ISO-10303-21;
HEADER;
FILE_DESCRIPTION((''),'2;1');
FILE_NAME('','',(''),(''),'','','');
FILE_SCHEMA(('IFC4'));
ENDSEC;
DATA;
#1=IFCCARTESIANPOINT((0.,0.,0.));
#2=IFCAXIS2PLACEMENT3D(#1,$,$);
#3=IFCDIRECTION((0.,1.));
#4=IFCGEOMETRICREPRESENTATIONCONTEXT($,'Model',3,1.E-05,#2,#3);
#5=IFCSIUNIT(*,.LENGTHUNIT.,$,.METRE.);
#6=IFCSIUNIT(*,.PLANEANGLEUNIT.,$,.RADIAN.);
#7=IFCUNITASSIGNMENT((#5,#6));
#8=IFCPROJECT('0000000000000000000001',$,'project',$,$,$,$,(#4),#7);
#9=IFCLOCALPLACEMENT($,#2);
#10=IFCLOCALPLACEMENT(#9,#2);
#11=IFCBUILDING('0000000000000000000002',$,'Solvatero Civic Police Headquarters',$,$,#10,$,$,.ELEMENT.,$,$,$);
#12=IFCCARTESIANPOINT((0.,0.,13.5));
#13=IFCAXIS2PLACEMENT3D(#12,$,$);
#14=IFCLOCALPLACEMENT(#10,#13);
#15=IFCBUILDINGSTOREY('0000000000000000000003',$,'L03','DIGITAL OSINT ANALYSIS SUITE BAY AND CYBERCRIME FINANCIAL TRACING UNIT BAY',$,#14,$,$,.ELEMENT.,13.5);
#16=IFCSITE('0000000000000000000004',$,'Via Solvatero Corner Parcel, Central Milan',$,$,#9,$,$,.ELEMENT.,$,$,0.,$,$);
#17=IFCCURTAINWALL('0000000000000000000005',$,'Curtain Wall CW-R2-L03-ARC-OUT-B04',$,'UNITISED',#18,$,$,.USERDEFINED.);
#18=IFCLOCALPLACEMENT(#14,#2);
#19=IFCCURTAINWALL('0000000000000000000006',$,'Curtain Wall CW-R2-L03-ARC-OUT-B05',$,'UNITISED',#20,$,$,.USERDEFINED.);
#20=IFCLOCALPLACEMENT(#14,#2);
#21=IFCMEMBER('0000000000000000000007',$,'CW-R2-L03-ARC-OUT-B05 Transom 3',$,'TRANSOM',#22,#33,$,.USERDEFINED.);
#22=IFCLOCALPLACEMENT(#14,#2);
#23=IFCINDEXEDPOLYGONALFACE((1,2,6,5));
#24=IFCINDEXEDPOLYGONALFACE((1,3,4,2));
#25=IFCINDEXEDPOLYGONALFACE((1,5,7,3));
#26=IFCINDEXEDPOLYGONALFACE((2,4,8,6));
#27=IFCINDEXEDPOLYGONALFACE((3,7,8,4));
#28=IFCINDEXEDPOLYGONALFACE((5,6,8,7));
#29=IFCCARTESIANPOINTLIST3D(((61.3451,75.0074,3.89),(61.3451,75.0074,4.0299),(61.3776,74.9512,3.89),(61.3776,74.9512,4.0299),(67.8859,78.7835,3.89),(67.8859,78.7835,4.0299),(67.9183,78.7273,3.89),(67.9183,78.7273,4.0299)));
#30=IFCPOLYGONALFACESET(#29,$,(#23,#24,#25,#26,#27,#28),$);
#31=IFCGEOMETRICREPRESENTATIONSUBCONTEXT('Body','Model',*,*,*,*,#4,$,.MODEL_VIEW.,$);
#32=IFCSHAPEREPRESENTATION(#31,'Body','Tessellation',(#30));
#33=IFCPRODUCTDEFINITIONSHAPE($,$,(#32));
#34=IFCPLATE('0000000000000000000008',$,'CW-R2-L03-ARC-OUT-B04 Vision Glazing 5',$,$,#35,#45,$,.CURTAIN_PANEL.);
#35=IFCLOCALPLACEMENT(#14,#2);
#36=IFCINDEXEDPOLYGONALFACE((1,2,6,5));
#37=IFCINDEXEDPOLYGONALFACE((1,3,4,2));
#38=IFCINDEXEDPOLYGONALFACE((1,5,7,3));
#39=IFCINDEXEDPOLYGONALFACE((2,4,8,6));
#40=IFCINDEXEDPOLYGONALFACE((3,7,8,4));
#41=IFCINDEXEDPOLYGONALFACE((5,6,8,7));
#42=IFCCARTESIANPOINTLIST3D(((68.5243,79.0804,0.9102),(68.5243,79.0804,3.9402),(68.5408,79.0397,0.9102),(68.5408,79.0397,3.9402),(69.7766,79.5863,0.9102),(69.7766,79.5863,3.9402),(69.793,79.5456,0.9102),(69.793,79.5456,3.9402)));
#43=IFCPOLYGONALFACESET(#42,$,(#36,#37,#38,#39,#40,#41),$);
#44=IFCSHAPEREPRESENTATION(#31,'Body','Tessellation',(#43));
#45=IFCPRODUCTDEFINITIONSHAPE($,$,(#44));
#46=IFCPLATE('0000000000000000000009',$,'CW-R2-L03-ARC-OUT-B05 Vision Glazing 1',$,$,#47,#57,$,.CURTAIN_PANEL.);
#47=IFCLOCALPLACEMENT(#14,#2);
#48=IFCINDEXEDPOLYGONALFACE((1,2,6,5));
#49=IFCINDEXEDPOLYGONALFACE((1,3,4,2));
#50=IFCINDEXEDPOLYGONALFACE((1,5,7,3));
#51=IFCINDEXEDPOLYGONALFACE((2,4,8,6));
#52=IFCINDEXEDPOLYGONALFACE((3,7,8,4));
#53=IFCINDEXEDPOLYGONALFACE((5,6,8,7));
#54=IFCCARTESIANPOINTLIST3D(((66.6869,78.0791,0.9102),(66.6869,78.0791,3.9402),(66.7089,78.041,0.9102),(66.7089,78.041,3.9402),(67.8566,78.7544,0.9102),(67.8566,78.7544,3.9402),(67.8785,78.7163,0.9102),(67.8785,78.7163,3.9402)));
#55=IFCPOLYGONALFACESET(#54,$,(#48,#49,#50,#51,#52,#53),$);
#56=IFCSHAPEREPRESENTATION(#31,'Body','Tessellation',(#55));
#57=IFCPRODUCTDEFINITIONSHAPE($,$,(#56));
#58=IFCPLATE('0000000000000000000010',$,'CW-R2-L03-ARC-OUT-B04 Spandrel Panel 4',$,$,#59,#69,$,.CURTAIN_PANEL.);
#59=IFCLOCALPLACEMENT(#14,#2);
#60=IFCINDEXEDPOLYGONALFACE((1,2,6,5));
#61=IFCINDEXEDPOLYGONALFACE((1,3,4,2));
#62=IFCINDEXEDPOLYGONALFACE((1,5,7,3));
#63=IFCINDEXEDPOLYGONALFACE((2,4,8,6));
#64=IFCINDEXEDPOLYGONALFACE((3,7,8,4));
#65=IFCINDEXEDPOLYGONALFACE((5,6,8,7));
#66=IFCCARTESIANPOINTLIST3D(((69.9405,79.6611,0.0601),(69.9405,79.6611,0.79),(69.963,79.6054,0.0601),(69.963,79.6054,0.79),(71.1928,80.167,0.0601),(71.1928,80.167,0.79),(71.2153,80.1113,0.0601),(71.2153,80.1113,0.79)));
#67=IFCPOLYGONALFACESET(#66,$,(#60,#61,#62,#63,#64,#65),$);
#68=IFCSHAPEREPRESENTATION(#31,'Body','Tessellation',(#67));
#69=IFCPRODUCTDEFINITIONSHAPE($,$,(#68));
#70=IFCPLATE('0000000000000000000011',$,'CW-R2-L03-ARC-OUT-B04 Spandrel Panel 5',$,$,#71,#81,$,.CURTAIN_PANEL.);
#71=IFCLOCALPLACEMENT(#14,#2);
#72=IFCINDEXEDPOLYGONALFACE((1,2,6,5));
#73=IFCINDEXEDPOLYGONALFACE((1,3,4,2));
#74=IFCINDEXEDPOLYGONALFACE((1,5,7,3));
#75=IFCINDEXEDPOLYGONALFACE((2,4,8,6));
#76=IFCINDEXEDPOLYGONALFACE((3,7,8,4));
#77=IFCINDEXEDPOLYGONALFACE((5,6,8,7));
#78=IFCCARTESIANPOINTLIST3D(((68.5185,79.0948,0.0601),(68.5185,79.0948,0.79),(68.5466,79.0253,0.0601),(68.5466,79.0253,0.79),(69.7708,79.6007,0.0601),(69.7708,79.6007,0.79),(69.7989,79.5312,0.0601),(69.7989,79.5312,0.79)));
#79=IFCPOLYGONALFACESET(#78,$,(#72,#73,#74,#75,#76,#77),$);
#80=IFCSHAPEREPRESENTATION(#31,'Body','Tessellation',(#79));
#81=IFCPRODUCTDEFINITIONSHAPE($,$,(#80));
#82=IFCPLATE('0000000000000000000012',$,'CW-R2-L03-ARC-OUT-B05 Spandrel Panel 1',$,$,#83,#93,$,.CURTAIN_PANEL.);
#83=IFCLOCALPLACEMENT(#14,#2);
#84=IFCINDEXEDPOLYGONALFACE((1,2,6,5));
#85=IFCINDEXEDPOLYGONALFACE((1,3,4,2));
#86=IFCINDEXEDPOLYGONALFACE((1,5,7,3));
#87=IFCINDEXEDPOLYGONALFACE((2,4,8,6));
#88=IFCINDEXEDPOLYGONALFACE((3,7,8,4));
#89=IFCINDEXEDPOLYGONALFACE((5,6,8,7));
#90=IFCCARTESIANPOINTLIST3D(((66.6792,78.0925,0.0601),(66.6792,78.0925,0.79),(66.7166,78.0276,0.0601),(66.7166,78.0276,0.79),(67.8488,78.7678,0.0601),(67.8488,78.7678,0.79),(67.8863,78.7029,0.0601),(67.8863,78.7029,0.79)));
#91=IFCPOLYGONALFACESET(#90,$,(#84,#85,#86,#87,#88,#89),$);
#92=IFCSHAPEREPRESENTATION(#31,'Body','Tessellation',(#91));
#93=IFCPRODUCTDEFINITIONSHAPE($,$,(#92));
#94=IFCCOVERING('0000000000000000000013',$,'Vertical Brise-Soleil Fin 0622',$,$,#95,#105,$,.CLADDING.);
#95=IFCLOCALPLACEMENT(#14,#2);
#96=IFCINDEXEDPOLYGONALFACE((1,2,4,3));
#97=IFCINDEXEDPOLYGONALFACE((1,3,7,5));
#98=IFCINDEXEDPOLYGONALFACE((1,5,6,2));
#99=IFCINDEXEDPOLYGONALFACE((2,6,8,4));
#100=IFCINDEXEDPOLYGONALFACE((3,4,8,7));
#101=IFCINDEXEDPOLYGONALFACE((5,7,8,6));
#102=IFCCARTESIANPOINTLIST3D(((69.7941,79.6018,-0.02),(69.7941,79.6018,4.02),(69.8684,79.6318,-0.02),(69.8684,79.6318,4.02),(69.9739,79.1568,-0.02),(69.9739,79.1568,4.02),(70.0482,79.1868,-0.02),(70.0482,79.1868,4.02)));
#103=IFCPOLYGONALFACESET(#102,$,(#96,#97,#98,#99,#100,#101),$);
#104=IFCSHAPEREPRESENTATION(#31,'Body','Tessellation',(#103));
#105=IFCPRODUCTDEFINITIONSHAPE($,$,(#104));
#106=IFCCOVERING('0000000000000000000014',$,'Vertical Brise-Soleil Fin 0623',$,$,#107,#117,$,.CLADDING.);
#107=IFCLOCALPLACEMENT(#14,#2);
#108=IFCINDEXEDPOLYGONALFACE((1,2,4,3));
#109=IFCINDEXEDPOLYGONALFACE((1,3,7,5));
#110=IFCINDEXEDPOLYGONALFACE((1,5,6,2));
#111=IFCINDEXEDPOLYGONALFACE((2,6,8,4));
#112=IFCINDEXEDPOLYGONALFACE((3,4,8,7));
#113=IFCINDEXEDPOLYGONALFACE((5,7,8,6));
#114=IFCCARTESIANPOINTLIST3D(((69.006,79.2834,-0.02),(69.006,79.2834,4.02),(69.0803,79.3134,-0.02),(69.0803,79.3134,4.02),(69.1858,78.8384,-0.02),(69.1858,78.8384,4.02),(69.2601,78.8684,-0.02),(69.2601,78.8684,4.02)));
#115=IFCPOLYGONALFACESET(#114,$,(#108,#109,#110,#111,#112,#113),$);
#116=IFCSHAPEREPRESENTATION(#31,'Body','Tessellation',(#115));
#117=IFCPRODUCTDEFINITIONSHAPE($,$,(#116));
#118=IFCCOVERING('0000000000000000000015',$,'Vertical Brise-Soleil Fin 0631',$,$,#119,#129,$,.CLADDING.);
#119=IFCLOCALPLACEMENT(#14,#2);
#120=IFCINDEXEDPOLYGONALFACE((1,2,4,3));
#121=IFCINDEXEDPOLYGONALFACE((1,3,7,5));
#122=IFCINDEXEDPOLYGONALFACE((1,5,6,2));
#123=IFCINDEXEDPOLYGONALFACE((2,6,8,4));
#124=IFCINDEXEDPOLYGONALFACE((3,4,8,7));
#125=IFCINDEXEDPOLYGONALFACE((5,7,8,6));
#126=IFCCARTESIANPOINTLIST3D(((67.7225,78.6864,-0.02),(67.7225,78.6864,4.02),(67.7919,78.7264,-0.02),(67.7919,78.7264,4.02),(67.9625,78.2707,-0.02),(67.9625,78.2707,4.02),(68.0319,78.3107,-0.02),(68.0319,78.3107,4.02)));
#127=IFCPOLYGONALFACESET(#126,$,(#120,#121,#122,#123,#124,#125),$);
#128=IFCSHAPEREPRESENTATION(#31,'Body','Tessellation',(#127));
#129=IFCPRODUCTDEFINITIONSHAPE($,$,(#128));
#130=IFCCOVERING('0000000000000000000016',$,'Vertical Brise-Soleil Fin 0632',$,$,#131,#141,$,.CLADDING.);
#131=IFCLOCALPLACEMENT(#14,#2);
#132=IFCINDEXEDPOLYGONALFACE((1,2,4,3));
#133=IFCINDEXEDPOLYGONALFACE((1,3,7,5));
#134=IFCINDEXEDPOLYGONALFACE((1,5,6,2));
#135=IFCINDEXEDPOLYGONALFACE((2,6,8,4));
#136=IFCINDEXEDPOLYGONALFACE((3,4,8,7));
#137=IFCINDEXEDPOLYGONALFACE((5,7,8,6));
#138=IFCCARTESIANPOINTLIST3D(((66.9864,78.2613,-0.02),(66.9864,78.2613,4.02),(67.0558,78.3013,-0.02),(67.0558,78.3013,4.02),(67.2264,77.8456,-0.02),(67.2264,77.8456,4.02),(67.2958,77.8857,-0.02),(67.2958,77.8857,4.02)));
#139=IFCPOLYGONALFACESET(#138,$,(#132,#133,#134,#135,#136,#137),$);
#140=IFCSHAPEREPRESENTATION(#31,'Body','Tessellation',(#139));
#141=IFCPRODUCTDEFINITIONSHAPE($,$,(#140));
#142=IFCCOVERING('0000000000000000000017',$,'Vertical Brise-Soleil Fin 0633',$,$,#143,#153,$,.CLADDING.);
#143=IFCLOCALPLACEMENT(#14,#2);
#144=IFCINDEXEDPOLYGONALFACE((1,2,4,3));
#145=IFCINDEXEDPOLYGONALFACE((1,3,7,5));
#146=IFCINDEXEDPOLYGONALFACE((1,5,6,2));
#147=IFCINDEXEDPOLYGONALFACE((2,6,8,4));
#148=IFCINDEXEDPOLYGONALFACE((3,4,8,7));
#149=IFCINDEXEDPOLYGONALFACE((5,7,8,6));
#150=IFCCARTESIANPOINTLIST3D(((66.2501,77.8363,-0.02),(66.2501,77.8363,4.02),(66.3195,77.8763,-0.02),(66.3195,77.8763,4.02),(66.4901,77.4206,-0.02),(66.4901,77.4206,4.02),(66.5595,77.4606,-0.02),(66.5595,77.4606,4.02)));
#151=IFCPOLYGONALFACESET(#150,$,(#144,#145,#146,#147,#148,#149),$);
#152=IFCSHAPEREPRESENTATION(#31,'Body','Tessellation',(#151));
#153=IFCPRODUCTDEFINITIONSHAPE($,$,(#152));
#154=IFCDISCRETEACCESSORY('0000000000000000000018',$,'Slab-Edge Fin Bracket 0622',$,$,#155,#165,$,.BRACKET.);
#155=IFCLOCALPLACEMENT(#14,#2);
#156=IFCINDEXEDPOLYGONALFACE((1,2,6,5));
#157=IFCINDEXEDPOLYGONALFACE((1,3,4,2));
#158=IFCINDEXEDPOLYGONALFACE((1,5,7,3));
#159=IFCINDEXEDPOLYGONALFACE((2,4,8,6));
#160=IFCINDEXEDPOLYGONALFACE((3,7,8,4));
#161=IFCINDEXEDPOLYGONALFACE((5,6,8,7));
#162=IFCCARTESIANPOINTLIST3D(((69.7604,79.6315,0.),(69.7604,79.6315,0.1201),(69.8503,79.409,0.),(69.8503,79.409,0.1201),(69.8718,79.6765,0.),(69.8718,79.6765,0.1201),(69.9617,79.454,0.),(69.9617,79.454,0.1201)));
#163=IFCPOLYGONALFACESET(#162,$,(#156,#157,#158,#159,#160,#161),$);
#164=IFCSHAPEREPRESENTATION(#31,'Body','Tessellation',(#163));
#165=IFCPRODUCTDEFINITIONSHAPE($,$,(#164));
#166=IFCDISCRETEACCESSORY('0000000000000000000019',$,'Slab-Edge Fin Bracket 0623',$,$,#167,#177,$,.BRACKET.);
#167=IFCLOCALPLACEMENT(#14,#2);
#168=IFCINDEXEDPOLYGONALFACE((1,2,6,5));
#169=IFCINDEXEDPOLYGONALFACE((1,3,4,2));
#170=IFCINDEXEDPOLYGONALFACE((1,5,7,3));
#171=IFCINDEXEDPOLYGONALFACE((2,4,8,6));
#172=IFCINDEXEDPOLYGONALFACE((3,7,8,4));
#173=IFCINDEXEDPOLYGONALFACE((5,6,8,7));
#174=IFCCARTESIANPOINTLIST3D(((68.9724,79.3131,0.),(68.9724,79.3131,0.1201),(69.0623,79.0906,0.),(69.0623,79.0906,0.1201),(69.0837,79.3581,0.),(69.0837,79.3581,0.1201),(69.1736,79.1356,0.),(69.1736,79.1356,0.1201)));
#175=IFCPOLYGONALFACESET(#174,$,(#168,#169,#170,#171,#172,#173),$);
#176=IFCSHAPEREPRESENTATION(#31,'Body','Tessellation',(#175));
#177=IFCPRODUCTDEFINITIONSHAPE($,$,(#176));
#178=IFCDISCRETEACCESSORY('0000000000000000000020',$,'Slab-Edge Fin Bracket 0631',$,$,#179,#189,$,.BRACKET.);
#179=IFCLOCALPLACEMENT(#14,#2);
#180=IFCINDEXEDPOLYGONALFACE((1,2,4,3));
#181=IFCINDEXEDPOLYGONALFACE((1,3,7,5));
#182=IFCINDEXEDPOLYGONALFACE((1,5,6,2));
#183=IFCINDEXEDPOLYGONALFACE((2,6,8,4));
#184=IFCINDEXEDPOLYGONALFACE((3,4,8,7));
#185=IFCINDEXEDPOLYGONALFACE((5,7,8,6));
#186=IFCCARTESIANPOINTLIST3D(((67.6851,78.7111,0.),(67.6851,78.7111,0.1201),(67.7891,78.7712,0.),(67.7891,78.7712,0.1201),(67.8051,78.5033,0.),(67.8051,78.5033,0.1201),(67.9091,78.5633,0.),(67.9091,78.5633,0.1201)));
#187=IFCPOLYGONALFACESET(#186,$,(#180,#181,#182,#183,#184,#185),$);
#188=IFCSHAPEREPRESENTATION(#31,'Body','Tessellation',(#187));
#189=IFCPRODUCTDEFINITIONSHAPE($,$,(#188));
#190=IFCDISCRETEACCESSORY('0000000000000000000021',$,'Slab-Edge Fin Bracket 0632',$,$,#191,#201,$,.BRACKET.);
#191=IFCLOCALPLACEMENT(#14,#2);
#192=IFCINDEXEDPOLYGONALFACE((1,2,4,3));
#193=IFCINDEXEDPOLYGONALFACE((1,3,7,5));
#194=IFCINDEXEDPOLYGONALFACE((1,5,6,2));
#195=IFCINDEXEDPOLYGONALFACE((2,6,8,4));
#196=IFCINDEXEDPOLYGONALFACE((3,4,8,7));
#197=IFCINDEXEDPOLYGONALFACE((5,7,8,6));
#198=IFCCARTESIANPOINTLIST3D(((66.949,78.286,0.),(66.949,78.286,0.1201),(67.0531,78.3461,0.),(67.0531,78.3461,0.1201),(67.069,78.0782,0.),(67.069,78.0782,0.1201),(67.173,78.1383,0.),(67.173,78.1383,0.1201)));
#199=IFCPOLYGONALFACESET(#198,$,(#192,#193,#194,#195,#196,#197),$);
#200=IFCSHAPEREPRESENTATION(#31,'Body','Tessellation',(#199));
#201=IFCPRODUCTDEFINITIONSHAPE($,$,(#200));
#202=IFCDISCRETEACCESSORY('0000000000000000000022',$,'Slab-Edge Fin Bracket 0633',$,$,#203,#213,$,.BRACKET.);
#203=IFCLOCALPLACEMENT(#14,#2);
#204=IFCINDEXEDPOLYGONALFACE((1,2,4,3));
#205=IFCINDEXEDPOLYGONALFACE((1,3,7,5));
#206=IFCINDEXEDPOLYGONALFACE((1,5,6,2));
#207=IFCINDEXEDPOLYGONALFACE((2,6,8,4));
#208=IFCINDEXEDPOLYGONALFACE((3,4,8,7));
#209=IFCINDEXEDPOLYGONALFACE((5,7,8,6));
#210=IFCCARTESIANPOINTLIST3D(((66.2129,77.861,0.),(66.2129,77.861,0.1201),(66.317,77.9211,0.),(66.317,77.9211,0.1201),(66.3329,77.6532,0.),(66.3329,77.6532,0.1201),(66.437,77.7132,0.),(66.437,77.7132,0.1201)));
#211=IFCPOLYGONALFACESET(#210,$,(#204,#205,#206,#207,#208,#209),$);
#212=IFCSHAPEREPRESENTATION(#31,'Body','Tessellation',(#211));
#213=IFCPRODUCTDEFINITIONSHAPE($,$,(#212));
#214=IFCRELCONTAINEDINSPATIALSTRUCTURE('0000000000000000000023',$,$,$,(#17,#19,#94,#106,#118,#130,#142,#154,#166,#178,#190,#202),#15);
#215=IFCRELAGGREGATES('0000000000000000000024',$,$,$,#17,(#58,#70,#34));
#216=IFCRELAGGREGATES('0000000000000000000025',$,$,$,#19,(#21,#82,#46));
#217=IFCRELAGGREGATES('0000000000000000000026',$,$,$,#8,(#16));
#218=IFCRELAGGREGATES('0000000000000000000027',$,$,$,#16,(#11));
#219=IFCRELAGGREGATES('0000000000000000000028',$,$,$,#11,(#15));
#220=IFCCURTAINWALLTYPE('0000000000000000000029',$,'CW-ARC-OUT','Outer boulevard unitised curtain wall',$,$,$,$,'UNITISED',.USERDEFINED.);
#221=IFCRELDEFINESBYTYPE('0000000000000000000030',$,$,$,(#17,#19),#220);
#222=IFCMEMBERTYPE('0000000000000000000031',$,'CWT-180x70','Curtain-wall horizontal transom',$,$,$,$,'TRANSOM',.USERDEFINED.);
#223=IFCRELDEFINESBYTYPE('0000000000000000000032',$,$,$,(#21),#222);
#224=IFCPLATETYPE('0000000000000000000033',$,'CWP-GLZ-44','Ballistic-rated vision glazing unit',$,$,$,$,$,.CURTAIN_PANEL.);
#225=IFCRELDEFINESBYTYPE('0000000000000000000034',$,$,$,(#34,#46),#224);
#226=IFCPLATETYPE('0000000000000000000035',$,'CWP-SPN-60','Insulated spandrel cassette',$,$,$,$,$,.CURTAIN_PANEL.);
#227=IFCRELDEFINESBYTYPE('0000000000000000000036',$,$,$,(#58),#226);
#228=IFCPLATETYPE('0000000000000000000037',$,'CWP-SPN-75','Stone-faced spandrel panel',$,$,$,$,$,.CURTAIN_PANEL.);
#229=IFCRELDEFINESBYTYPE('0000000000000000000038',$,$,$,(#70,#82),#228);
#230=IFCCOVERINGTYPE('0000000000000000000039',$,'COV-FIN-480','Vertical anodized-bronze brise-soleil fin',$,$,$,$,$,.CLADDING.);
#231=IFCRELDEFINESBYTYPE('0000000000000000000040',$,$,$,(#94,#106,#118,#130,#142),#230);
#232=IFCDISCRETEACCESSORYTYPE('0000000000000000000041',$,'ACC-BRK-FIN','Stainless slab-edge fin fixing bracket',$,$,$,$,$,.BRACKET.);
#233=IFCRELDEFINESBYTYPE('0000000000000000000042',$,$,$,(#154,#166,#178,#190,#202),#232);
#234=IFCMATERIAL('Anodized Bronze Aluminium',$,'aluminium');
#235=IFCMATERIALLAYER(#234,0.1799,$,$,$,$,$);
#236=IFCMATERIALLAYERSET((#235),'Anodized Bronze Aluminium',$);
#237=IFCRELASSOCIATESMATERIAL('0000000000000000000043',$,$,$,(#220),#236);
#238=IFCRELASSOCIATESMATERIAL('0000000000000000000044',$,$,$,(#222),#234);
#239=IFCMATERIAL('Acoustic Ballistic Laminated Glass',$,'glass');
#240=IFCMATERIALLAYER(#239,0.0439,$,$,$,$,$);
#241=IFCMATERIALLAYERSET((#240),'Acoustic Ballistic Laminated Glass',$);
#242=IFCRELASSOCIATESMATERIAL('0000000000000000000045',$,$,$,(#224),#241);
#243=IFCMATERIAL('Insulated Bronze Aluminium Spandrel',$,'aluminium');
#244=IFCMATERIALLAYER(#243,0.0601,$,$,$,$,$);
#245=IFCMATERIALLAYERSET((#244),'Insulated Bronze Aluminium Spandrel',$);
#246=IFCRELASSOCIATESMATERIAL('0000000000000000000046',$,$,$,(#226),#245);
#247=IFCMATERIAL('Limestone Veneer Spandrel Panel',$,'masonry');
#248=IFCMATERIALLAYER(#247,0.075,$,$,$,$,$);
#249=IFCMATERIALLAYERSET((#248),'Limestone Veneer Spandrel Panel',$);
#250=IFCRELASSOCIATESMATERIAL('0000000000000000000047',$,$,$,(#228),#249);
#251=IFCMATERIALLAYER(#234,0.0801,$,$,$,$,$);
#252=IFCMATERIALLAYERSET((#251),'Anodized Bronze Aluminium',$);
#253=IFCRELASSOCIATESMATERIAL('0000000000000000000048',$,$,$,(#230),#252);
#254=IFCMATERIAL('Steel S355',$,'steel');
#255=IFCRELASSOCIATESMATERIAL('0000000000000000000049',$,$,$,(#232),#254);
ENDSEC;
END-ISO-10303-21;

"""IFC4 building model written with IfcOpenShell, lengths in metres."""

from ifc_helpers import new_model, si_unit, direction, frame, origin, origin_2d, place, context, subcontext, project, spatial, rectangle, extrude, material, layer, layer_set, material_profile, profile_set, type_object, element, aggregate, save


model = new_model("IFC4")

# Units and contexts
model_context = context("Model", 3, precision=1e-05, world=origin(), true_north=direction((0.0, 1.0)))
body_context = subcontext(model_context, "Body", "Model", "MODEL_VIEW")
ifc_project = project(units=[si_unit("LENGTHUNIT", "METRE"), si_unit("PLANEANGLEUNIT", "RADIAN")], contexts=[model_context])

# Site, building, storey
site_placement = place(None, origin())
site = spatial("IfcSite", under=ifc_project, at=site_placement, Name="Via Solvatero Corner Parcel, Central Milan", CompositionType="ELEMENT", RefElevation=0.0)
building_placement = place(site_placement, origin())
building = spatial("IfcBuilding", under=site, at=building_placement, Name="Solvatero Civic Police Headquarters", CompositionType="ELEMENT")
storey_placement = place(building_placement, frame((0.0, 0.0, 13.5)))
storey = spatial("IfcBuildingStorey", under=building, at=storey_placement, Name="L03", Description="DIGITAL OSINT ANALYSIS SUITE BAY AND CYBERCRIME FINANCIAL TRACING UNIT BAY", CompositionType="ELEMENT", Elevation=13.5)

# Shared definitions
ifc_material_1 = material(Name="Steel S355", Category="steel")

# Curtain walls, member
ifc_material_2 = material(Name="Anodized Bronze Aluminium", Category="aluminium")
ifc_layer_1 = layer(ifc_material_2, 0.1799)
ifc_layer_set_1 = layer_set([ifc_layer_1], Name="Anodized Bronze Aluminium")
curtain_wall_type = type_object("IfcCurtainWallType", Name="CW-ARC-OUT", Description="Outer boulevard unitised curtain wall", ElementType="UNITISED", PredefinedType="USERDEFINED", material=ifc_layer_set_1)
curtain_wall_1_placement = place(storey_placement, origin())
curtain_wall_1 = element("IfcCurtainWall", 1, at=curtain_wall_1_placement, inside=storey, type_object=curtain_wall_type, Name="Curtain Wall CW-R2-L03-ARC-OUT-B04", ObjectType="UNITISED", PredefinedType="USERDEFINED")
curtain_wall_2_placement = place(storey_placement, origin())
curtain_wall_2 = element("IfcCurtainWall", 2, at=curtain_wall_2_placement, inside=storey, type_object=curtain_wall_type, Name="Curtain Wall CW-R2-L03-ARC-OUT-B05", ObjectType="UNITISED", PredefinedType="USERDEFINED")
ifc_material_profile_1 = material_profile(ifc_material_2, rectangle(XDim=0.0649, YDim=0.1399, at=origin_2d()), Name="ALU TRANSOM 65x140")
ifc_profile_set_1 = profile_set([ifc_material_profile_1], Name="Anodized Bronze Aluminium")
member_type_1 = type_object("IfcMemberType", Name="CWT-180x70", Description="Curtain-wall horizontal transom", ElementType="TRANSOM", PredefinedType="USERDEFINED", material=ifc_profile_set_1)
member_1_placement = place(storey_placement, frame((67.9021, 78.7554, 3.96), z_axis=(-0.866036, -0.499981, 0.0), x_axis=(0.499981, -0.866036, 0.0)))
member_1 = element("IfcMember", 3, at=member_1_placement, type_object=member_type_1, Name="CW-R2-L03-ARC-OUT-B05 Transom 3", ObjectType="TRANSOM", PredefinedType="USERDEFINED", context=body_context, shape_type="SweptSolid", body=[
    extrude(rectangle(XDim=0.0649, YDim=0.1399, at=origin_2d()), origin(), (0.0, 0.0, 1.0), 7.5525),
])

# Plates
ifc_material_3 = material(Name="Acoustic Ballistic Laminated Glass", Category="glass")
ifc_layer_2 = layer(ifc_material_3, 0.0439)
ifc_layer_set_2 = layer_set([ifc_layer_2], Name="Acoustic Ballistic Laminated Glass")
plate_type_1 = type_object("IfcPlateType", Name="CWP-GLZ-44", Description="Ballistic-rated vision glazing unit", PredefinedType="CURTAIN_PANEL", material=ifc_layer_set_2)
plate_1_placement = place(storey_placement, frame((69.1587, 79.313, 0.9102), z_axis=(0.0, 0.0, 1.0), x_axis=(-0.92719, -0.37459, 0.0)))
plate_1 = element("IfcPlate", 4, at=plate_1_placement, type_object=plate_type_1, Name="CW-R2-L03-ARC-OUT-B04 Vision Glazing 5", PredefinedType="CURTAIN_PANEL", context=body_context, shape_type="SweptSolid", body=[
    extrude(rectangle(XDim=1.3506, YDim=0.0439, at=origin_2d()), origin(), (0.0, 0.0, 1.0), 3.03),
])
plate_2_placement = place(storey_placement, frame((67.2827, 78.3977, 0.9102), z_axis=(0.0, 0.0, 1.0), x_axis=(-0.866034, -0.499985, 0.0)))
plate_2 = element("IfcPlate", 5, at=plate_2_placement, type_object=plate_type_1, Name="CW-R2-L03-ARC-OUT-B05 Vision Glazing 1", PredefinedType="CURTAIN_PANEL", context=body_context, shape_type="SweptSolid", body=[
    extrude(rectangle(XDim=1.3506, YDim=0.0439, at=origin_2d()), origin(), (0.0, 0.0, 1.0), 3.03),
])
ifc_material_4 = material(Name="Insulated Bronze Aluminium Spandrel", Category="aluminium")
ifc_layer_3 = layer(ifc_material_4, 0.0601)
ifc_layer_set_3 = layer_set([ifc_layer_3], Name="Insulated Bronze Aluminium Spandrel")
plate_type_2 = type_object("IfcPlateType", Name="CWP-SPN-60", Description="Insulated spandrel cassette", PredefinedType="CURTAIN_PANEL", material=ifc_layer_set_3)
plate_3_placement = place(storey_placement, frame((70.5779, 79.8862, 0.0601), z_axis=(0.0, 0.0, 1.0), x_axis=(-0.92719, -0.37459, 0.0)))
plate_3 = element("IfcPlate", 6, at=plate_3_placement, type_object=plate_type_2, Name="CW-R2-L03-ARC-OUT-B04 Spandrel Panel 4", PredefinedType="CURTAIN_PANEL", context=body_context, shape_type="SweptSolid", body=[
    extrude(rectangle(XDim=1.3506, YDim=0.0601, at=origin_2d()), origin(), (0.0, 0.0, 1.0), 0.73),
])
ifc_material_5 = material(Name="Limestone Veneer Spandrel Panel", Category="masonry")
ifc_layer_4 = layer(ifc_material_5, 0.075)
ifc_layer_set_4 = layer_set([ifc_layer_4], Name="Limestone Veneer Spandrel Panel")
plate_type_3 = type_object("IfcPlateType", Name="CWP-SPN-75", Description="Stone-faced spandrel panel", PredefinedType="CURTAIN_PANEL", material=ifc_layer_set_4)
plate_4_placement = place(storey_placement, frame((69.1587, 79.313, 0.0601), z_axis=(0.0, 0.0, 1.0), x_axis=(-0.92719, -0.37459, 0.0)))
plate_4 = element("IfcPlate", 7, at=plate_4_placement, type_object=plate_type_3, Name="CW-R2-L03-ARC-OUT-B04 Spandrel Panel 5", PredefinedType="CURTAIN_PANEL", context=body_context, shape_type="SweptSolid", body=[
    extrude(rectangle(XDim=1.3506, YDim=0.075, at=origin_2d()), origin(), (0.0, 0.0, 1.0), 0.73),
])
aggregate(curtain_wall_1, [plate_3, plate_4, plate_1])
plate_5_placement = place(storey_placement, frame((67.2827, 78.3977, 0.0601), z_axis=(0.0, 0.0, 1.0), x_axis=(-0.866034, -0.499985, 0.0)))
plate_5 = element("IfcPlate", 8, at=plate_5_placement, type_object=plate_type_3, Name="CW-R2-L03-ARC-OUT-B05 Spandrel Panel 1", PredefinedType="CURTAIN_PANEL", context=body_context, shape_type="SweptSolid", body=[
    extrude(rectangle(XDim=1.3506, YDim=0.075, at=origin_2d()), origin(), (0.0, 0.0, 1.0), 0.73),
])
aggregate(curtain_wall_2, [member_1, plate_5, plate_2])

# Coverings
ifc_layer_5 = layer(ifc_material_2, 0.0801)
ifc_layer_set_5 = layer_set([ifc_layer_5], Name="Anodized Bronze Aluminium")
covering_type = type_object("IfcCoveringType", Name="COV-FIN-480", Description="Vertical anodized-bronze brise-soleil fin", PredefinedType="CLADDING", material=ifc_layer_set_5)
for number, where, z_axis, x_axis, name in (
    (9, (69.9211, 79.3943, -0.02), (0.0, 0.0, 1.0), (-0.92719, -0.37459, 0.0), "Vertical Brise-Soleil Fin 0622"),
    (10, (69.1331, 79.0759, -0.02), (0.0, 0.0, 1.0), (-0.92719, -0.37459, 0.0), "Vertical Brise-Soleil Fin 0623"),
    (11, (67.8772, 78.4985, -0.02), (0.0, 0.0, 1.0), (-0.866034, -0.499985, 0.0), "Vertical Brise-Soleil Fin 0631"),
    (12, (67.1411, 78.0735, -0.02), (0.0, 0.0, 1.0), (-0.866034, -0.499985, 0.0), "Vertical Brise-Soleil Fin 0632"),
    (13, (66.4048, 77.6484, -0.02), (0.0, 0.0, 1.0), (-0.866034, -0.499985, 0.0), "Vertical Brise-Soleil Fin 0633"),
):
    element("IfcCovering", number, at=place(storey_placement, frame(where, z_axis=z_axis, x_axis=x_axis)), inside=storey, type_object=covering_type, Name=name, PredefinedType="CLADDING", context=body_context, shape_type="SweptSolid", body=[
        extrude(rectangle(XDim=0.0801, YDim=0.48, at=origin_2d()), origin(), (0.0, 0.0, 1.0), 4.04),
    ])

# Discrete accessories
discrete_accessory_type = type_object("IfcDiscreteAccessoryType", Name="ACC-BRK-FIN", Description="Stainless slab-edge fin fixing bracket", PredefinedType="BRACKET", material=ifc_material_1)
for number, where, z_axis, x_axis, name in (
    (14, (69.8611, 79.5427, 0.0), (0.0, 0.0, 1.0), (-0.92719, -0.37459, 0.0), "Slab-Edge Fin Bracket 0622"),
    (15, (69.073, 79.2244, 0.0), (0.0, 0.0, 1.0), (-0.92719, -0.37459, 0.0), "Slab-Edge Fin Bracket 0623"),
    (16, (67.7971, 78.6372, 0.0), (0.0, 0.0, 1.0), (-0.866034, -0.499985, 0.0), "Slab-Edge Fin Bracket 0631"),
    (17, (67.061, 78.2122, 0.0), (0.0, 0.0, 1.0), (-0.866034, -0.499985, 0.0), "Slab-Edge Fin Bracket 0632"),
    (18, (66.325, 77.7871, 0.0), (0.0, 0.0, 1.0), (-0.866034, -0.499985, 0.0), "Slab-Edge Fin Bracket 0633"),
):
    element("IfcDiscreteAccessory", number, at=place(storey_placement, frame(where, z_axis=z_axis, x_axis=x_axis)), inside=storey, type_object=discrete_accessory_type, Name=name, PredefinedType="BRACKET", context=body_context, shape_type="SweptSolid", body=[
        extrude(rectangle(XDim=0.1201, YDim=0.24, at=origin_2d()), origin(), (0.0, 0.0, 1.0), 0.1201),
    ])

save(model, "model.ifc")
